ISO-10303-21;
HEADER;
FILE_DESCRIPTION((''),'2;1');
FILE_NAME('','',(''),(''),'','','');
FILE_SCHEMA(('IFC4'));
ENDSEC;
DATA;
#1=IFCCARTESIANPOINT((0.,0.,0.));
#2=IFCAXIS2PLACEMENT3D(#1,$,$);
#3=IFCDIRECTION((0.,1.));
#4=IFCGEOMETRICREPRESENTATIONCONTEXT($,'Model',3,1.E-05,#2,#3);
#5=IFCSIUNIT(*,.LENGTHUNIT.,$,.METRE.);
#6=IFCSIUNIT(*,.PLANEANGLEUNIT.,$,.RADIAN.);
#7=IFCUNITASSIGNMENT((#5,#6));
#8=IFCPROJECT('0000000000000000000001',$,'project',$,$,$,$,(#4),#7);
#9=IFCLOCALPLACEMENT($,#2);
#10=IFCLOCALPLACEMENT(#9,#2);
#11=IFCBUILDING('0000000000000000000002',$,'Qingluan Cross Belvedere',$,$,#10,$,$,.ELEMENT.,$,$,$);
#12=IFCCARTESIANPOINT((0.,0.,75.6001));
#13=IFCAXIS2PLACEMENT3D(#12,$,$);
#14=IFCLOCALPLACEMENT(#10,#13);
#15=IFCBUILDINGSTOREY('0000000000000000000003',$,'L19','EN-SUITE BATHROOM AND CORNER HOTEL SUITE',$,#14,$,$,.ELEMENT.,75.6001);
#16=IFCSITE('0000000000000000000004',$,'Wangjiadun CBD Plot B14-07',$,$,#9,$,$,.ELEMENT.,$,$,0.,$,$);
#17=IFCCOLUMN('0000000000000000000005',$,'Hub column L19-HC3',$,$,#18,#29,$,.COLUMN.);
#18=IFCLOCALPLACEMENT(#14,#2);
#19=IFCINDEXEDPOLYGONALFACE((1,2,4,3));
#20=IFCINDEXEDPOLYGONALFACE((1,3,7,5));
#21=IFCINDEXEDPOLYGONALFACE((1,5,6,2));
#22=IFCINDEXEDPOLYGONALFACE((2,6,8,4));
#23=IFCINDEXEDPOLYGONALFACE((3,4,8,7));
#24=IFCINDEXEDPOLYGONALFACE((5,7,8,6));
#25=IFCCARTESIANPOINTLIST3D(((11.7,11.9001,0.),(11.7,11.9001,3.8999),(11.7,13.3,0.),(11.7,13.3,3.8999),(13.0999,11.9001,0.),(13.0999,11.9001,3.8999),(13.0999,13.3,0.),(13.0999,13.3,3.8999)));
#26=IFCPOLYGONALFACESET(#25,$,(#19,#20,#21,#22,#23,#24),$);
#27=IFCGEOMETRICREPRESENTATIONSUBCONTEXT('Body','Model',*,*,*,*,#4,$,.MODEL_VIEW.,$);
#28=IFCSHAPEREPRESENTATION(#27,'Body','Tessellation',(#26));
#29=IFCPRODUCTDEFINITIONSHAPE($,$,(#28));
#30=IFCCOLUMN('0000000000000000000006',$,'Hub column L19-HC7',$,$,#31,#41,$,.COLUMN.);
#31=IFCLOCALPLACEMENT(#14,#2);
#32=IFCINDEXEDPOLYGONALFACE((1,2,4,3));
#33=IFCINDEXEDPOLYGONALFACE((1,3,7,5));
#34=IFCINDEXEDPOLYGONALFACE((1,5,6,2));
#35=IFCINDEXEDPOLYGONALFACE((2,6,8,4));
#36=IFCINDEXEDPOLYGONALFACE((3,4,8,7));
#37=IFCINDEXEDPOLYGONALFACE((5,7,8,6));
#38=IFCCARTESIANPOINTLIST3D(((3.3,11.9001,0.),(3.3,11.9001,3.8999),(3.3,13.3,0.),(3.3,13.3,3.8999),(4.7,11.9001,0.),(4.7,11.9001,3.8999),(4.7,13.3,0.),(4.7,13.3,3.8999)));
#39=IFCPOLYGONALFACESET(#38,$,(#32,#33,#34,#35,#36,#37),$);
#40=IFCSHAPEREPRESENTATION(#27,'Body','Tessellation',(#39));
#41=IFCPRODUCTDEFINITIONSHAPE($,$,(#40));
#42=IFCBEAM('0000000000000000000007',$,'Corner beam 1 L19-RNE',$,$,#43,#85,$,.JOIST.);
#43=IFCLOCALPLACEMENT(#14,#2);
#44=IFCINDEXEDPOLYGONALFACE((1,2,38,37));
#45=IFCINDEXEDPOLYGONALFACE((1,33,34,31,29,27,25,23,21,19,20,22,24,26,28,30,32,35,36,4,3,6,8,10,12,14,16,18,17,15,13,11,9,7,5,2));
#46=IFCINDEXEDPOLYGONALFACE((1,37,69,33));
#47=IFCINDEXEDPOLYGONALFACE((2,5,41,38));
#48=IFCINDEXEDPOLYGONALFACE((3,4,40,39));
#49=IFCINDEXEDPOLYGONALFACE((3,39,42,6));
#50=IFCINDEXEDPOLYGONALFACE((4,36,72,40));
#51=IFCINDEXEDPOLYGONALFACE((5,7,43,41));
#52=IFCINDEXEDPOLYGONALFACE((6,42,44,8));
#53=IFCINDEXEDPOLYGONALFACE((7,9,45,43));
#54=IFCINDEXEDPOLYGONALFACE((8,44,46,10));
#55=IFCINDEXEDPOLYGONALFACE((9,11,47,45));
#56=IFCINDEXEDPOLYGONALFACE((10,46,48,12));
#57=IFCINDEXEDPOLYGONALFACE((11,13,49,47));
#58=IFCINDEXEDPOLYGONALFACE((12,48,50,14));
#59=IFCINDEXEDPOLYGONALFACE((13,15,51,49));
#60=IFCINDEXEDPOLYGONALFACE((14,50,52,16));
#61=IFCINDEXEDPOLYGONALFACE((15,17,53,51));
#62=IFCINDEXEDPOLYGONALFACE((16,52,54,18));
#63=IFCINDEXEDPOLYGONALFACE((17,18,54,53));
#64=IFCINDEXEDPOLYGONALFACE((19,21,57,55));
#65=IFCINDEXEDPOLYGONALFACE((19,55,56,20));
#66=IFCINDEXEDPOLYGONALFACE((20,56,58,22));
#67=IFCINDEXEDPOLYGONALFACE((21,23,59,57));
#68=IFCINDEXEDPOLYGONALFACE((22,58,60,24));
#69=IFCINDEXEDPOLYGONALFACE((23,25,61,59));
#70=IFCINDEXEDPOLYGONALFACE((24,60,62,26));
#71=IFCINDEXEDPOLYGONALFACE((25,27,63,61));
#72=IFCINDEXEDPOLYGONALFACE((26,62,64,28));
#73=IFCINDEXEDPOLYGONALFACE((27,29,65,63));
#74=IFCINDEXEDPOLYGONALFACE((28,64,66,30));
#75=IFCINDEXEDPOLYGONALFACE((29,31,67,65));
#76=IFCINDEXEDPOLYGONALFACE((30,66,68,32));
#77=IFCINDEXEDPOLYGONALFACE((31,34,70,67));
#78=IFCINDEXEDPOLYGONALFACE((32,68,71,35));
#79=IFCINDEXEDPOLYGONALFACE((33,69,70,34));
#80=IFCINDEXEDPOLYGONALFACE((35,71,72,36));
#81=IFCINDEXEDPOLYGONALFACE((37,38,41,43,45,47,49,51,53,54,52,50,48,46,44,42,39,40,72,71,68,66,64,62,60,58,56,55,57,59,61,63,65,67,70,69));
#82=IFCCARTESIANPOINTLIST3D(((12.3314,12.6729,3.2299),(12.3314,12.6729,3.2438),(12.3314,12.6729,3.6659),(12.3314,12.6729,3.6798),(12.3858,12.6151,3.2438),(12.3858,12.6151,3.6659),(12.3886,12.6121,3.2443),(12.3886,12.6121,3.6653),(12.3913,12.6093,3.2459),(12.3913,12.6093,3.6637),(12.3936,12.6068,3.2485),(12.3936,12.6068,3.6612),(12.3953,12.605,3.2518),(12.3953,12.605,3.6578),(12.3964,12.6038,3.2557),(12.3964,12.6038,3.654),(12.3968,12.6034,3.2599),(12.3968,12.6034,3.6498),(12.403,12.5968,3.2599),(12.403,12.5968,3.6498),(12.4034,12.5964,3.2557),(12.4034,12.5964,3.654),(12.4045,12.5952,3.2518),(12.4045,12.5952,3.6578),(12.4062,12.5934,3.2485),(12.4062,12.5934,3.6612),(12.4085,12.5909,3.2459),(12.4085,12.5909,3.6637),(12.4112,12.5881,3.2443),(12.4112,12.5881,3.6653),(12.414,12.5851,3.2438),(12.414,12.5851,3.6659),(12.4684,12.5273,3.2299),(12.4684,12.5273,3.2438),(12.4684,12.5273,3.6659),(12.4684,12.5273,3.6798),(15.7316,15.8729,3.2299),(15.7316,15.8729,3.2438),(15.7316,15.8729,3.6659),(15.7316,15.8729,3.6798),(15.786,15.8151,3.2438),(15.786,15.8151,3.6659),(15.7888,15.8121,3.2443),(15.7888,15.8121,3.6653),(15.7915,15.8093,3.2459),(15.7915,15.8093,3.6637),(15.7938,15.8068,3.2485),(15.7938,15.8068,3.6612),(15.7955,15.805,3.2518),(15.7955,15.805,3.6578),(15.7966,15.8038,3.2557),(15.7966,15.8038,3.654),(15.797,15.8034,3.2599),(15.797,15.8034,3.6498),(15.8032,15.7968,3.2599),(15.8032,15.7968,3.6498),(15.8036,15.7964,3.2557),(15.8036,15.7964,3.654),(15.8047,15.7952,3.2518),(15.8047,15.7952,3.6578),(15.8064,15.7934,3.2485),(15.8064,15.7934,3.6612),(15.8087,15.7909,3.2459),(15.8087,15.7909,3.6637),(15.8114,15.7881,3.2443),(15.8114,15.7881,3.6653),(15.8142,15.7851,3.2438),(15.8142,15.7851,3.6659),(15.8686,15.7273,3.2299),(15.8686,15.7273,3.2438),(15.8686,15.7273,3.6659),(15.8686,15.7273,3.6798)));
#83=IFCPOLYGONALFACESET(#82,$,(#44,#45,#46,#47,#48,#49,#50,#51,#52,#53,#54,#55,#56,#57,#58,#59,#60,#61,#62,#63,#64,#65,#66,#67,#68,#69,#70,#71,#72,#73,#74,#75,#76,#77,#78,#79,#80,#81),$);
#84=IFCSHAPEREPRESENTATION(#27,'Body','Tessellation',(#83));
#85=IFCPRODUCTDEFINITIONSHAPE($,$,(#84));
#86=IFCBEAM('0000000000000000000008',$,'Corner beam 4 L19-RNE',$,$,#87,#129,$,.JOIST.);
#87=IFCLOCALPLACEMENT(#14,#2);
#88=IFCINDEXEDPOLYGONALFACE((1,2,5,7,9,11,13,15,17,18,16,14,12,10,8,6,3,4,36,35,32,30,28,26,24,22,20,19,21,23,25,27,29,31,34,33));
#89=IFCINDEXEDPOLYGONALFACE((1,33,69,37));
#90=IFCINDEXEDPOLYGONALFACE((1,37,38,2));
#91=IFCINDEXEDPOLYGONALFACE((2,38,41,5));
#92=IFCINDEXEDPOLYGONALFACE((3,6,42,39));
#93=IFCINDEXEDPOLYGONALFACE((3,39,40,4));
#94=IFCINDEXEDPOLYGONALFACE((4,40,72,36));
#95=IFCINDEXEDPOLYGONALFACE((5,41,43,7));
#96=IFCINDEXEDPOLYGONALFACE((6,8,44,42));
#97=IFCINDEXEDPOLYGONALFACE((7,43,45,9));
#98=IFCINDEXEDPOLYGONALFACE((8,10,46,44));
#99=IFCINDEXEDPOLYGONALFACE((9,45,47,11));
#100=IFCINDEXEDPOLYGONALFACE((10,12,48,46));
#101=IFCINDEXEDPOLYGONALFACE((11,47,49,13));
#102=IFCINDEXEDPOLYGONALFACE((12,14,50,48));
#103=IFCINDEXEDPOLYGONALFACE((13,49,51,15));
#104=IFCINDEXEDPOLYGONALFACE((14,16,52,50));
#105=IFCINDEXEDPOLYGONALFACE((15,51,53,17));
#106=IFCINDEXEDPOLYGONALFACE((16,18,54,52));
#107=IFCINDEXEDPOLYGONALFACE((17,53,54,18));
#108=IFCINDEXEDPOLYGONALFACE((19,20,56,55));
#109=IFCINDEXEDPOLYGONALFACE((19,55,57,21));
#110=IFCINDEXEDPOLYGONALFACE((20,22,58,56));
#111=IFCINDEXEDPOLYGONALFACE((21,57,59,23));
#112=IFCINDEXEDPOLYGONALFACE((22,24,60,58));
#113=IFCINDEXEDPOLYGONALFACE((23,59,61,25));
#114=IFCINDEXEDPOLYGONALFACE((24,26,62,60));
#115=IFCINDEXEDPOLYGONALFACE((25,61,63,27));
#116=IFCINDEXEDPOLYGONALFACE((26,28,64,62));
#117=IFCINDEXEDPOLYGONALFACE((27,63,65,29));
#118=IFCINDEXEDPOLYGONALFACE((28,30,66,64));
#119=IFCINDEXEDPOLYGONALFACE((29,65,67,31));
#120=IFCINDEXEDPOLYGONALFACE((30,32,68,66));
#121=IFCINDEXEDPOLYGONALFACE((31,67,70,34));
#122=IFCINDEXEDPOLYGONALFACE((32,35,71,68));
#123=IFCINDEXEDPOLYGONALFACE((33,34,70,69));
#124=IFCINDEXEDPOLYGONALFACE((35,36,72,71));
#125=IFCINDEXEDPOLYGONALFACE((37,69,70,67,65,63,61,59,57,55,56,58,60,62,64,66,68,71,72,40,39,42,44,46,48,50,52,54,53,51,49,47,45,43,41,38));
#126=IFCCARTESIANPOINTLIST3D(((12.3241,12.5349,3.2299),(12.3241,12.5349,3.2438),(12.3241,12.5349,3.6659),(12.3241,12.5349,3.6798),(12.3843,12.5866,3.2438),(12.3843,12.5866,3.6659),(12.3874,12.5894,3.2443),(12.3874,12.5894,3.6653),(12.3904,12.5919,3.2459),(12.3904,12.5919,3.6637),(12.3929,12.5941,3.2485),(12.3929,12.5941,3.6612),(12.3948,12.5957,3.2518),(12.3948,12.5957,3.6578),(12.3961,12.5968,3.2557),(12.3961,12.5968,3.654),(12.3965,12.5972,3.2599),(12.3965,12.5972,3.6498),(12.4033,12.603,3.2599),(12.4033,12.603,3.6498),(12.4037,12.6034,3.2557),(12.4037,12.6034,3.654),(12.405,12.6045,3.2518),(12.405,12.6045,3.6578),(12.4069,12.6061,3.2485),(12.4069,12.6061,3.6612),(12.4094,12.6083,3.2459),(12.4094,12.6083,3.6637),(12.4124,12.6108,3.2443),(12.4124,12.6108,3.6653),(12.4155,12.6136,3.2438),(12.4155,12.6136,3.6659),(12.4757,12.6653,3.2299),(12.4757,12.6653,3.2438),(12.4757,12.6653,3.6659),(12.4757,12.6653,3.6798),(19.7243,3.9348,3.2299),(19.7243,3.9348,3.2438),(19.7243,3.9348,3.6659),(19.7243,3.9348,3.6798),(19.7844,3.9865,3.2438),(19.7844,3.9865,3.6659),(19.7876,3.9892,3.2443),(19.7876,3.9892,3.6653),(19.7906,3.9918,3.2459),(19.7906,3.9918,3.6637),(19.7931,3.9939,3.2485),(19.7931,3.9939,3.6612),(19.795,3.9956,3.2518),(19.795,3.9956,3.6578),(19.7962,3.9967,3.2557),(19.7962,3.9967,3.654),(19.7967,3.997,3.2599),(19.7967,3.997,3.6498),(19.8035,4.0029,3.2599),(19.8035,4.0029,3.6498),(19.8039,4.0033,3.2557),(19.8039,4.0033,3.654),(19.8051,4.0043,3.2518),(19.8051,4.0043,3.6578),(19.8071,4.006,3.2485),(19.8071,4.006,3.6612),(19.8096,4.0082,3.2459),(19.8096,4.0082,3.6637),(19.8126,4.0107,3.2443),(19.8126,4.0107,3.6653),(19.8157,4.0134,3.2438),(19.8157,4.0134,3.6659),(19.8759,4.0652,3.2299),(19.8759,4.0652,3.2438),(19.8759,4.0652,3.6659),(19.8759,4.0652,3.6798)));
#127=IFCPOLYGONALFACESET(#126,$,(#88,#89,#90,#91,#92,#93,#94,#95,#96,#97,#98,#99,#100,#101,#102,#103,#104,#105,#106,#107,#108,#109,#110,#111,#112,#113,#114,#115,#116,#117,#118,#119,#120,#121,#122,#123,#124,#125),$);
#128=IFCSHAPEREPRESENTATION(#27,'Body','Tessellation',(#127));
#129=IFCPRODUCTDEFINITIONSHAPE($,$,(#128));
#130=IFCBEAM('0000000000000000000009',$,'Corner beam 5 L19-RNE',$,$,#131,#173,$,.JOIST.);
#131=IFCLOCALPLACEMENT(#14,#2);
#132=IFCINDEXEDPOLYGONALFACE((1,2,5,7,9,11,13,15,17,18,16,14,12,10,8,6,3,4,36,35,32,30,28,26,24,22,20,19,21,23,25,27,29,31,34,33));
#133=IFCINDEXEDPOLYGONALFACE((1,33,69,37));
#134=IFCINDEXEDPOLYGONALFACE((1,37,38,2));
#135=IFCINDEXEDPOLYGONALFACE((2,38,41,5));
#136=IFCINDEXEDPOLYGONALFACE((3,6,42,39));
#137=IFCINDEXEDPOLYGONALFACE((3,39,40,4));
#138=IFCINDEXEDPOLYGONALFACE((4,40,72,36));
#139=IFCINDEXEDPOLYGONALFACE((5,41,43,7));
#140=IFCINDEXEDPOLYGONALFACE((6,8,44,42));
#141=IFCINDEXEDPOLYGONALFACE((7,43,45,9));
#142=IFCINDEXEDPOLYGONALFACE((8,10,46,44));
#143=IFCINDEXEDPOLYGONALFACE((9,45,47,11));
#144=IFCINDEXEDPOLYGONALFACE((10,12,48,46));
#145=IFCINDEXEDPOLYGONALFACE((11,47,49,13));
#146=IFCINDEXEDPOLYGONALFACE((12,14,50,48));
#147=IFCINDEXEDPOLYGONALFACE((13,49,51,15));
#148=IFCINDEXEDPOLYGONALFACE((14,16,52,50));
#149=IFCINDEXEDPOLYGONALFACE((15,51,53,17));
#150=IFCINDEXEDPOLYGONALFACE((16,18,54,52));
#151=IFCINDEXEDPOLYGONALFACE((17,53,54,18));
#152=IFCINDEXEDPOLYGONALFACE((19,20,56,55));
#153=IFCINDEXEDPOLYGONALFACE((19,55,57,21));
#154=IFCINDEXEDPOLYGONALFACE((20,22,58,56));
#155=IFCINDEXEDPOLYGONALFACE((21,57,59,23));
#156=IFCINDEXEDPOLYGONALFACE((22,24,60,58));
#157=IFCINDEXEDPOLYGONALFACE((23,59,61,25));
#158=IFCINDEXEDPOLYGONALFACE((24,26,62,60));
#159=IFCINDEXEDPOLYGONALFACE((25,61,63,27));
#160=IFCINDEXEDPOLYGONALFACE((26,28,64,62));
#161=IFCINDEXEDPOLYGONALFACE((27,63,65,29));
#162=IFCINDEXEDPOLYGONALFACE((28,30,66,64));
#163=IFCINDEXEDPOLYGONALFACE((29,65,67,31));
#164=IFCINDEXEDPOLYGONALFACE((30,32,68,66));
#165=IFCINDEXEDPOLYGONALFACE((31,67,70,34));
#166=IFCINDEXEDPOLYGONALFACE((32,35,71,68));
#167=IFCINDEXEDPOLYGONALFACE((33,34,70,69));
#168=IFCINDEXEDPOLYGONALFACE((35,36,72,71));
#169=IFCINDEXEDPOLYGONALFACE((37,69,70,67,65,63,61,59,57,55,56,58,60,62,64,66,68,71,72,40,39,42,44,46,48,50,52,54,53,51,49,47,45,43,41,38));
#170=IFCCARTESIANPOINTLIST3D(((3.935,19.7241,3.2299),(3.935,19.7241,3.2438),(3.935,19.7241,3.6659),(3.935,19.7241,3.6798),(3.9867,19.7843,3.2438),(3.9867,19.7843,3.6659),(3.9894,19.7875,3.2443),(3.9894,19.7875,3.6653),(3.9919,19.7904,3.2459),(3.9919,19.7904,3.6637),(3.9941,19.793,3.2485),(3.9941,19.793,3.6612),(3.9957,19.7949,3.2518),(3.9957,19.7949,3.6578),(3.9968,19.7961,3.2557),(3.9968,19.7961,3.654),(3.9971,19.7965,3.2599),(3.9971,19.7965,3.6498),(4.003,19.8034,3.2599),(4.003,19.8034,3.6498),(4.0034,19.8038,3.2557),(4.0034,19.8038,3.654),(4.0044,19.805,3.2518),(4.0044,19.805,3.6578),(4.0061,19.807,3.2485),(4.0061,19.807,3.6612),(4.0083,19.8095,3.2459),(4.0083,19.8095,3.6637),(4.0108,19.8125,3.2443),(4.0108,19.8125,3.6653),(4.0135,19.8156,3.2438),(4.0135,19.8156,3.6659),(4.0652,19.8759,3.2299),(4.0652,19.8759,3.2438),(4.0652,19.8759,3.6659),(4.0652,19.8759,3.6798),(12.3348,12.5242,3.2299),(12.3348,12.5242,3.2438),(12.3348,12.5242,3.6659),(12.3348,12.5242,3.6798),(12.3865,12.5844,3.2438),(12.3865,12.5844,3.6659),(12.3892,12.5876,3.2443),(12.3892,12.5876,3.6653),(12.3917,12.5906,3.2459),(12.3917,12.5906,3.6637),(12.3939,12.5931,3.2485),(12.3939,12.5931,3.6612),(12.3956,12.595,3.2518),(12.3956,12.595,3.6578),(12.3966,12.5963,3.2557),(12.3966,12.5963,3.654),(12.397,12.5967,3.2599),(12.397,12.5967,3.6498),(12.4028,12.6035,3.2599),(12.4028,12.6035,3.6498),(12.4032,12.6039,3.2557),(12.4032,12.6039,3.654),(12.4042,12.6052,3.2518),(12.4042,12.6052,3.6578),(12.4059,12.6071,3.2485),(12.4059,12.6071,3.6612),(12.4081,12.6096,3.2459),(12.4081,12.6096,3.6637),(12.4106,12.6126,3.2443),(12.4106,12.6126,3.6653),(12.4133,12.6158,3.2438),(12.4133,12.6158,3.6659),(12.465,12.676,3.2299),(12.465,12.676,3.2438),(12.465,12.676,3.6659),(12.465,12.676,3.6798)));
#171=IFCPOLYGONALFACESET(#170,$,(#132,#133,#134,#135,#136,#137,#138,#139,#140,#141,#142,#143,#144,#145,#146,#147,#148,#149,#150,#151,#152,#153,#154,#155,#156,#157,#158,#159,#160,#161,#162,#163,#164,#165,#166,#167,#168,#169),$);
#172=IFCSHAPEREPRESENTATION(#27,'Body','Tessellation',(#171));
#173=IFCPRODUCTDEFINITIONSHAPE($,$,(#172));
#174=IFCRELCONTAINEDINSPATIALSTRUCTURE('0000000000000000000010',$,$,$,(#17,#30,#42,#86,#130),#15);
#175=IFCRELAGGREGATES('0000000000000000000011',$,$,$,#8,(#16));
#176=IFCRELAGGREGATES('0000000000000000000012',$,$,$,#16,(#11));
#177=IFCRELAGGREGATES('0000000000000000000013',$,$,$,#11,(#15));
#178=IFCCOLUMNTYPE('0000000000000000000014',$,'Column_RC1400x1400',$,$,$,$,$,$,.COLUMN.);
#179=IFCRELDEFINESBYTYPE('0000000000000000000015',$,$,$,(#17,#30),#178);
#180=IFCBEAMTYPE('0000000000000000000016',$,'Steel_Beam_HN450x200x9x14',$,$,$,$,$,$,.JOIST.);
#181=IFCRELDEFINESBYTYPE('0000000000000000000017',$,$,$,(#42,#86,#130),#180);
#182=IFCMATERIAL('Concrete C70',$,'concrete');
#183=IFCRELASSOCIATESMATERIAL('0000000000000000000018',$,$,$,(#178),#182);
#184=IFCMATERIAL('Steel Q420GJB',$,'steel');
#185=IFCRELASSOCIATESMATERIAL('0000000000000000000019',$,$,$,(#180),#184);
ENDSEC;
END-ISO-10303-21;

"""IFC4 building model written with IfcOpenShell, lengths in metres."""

from ifc_helpers import new_model, si_unit, direction, frame, origin, origin_2d, place, context, subcontext, project, spatial, rectangle, i_section, extrude, material, material_profile, profile_set, type_object, element, save


model = new_model("IFC4")

# Units and contexts
model_context = context("Model", 3, precision=1e-05, world=origin(), true_north=direction((0.0, 1.0)))
body_context = subcontext(model_context, "Body", "Model", "MODEL_VIEW")
ifc_project = project(units=[si_unit("LENGTHUNIT", "METRE"), si_unit("PLANEANGLEUNIT", "RADIAN")], contexts=[model_context])

# Site, building, storey
site_placement = place(None, origin())
site = spatial("IfcSite", under=ifc_project, at=site_placement, Name="Wangjiadun CBD Plot B14-07", CompositionType="ELEMENT", RefElevation=0.0)
building_placement = place(site_placement, origin())
building = spatial("IfcBuilding", under=site, at=building_placement, Name="Qingluan Cross Belvedere", CompositionType="ELEMENT")
storey_placement = place(building_placement, frame((0.0, 0.0, 75.6001)))
storey = spatial("IfcBuildingStorey", under=building, at=storey_placement, Name="L19", Description="EN-SUITE BATHROOM AND CORNER HOTEL SUITE", CompositionType="ELEMENT", Elevation=75.6001)

# Columns
ifc_material_1 = material(Name="Concrete C70", Category="concrete")
ifc_material_profile_1 = material_profile(ifc_material_1, rectangle(XDim=1.3999, YDim=1.3999, at=origin_2d()), Name="RC1400x1400")
ifc_profile_set_1 = profile_set([ifc_material_profile_1], Name="Concrete C70")
column_type = type_object("IfcColumnType", Name="Column_RC1400x1400", PredefinedType="COLUMN", material=ifc_profile_set_1)
for number, where, z_axis, x_axis, name in (
    (1, (12.3999, 12.6001, 0.0), (0.0, 0.0, 1.0), (1.0, 0.0, 0.0), "Hub column L19-HC3"),
    (2, (4.0, 12.6001, 0.0), (0.0, 0.0, 1.0), (1.0, 0.0, 0.0), "Hub column L19-HC7"),
):
    element("IfcColumn", number, at=place(storey_placement, frame(where, z_axis=z_axis, x_axis=x_axis)), inside=storey, type_object=column_type, Name=name, PredefinedType="COLUMN", context=body_context, shape_type="SweptSolid", body=[
        extrude(rectangle(XDim=1.3999, YDim=1.3999, at=origin_2d()), origin(), (0.0, 0.0, 1.0), 3.8999),
    ])

# Beams
ifc_material_2 = material(Name="Steel Q420GJB", Category="steel")
ifc_material_profile_2 = material_profile(ifc_material_2, i_section(OverallWidth=0.2, OverallDepth=0.45, WebThickness=0.009, FlangeThickness=0.0139, FilletRadius=0.0161, at=origin_2d()), Name="HN450x200x9x14")
ifc_profile_set_2 = profile_set([ifc_material_profile_2], Name="Steel Q420GJB")
beam_type_1 = type_object("IfcBeamType", Name="Steel_Beam_HN450x200x9x14", PredefinedType="JOIST", material=ifc_profile_set_2)
beam_1_placement = place(storey_placement, frame((12.3999, 12.6001, 3.4548), z_axis=(0.72822, 0.685343, 0.0), x_axis=(-0.685343, 0.72822, 0.0)))
element("IfcBeam", 3, at=beam_1_placement, inside=storey, type_object=beam_type_1, Name="Corner beam 1 L19-RNE", PredefinedType="JOIST", context=body_context, shape_type="SweptSolid", body=[
    extrude(i_section(OverallWidth=0.2, OverallDepth=0.45, WebThickness=0.009, FlangeThickness=0.0139, FilletRadius=0.0161, at=origin_2d()), origin(), (0.0, 0.0, 1.0), 4.6692),
])
beam_2_placement = place(storey_placement, frame((12.3999, 12.6001, 3.4548), z_axis=(0.652245, -0.758008, 0.0), x_axis=(0.758008, 0.652245, 0.0)))
element("IfcBeam", 4, at=beam_2_placement, inside=storey, type_object=beam_type_1, Name="Corner beam 4 L19-RNE", PredefinedType="JOIST", context=body_context, shape_type="SweptSolid", body=[
    extrude(i_section(OverallWidth=0.2, OverallDepth=0.45, WebThickness=0.009, FlangeThickness=0.0139, FilletRadius=0.0161, at=origin_2d()), origin(), (0.0, 0.0, 1.0), 11.3457),
])
beam_3_placement = place(storey_placement, frame((12.3999, 12.6001, 3.4548), z_axis=(-0.759255, 0.650793, 0.0), x_axis=(-0.650793, -0.759255, 0.0)))
element("IfcBeam", 5, at=beam_3_placement, inside=storey, type_object=beam_type_1, Name="Corner beam 5 L19-RNE", PredefinedType="JOIST", context=body_context, shape_type="SweptSolid", body=[
    extrude(i_section(OverallWidth=0.2, OverallDepth=0.45, WebThickness=0.009, FlangeThickness=0.0139, FilletRadius=0.0161, at=origin_2d()), origin(), (0.0, 0.0, 1.0), 11.0632),
])

save(model, "model.ifc")
